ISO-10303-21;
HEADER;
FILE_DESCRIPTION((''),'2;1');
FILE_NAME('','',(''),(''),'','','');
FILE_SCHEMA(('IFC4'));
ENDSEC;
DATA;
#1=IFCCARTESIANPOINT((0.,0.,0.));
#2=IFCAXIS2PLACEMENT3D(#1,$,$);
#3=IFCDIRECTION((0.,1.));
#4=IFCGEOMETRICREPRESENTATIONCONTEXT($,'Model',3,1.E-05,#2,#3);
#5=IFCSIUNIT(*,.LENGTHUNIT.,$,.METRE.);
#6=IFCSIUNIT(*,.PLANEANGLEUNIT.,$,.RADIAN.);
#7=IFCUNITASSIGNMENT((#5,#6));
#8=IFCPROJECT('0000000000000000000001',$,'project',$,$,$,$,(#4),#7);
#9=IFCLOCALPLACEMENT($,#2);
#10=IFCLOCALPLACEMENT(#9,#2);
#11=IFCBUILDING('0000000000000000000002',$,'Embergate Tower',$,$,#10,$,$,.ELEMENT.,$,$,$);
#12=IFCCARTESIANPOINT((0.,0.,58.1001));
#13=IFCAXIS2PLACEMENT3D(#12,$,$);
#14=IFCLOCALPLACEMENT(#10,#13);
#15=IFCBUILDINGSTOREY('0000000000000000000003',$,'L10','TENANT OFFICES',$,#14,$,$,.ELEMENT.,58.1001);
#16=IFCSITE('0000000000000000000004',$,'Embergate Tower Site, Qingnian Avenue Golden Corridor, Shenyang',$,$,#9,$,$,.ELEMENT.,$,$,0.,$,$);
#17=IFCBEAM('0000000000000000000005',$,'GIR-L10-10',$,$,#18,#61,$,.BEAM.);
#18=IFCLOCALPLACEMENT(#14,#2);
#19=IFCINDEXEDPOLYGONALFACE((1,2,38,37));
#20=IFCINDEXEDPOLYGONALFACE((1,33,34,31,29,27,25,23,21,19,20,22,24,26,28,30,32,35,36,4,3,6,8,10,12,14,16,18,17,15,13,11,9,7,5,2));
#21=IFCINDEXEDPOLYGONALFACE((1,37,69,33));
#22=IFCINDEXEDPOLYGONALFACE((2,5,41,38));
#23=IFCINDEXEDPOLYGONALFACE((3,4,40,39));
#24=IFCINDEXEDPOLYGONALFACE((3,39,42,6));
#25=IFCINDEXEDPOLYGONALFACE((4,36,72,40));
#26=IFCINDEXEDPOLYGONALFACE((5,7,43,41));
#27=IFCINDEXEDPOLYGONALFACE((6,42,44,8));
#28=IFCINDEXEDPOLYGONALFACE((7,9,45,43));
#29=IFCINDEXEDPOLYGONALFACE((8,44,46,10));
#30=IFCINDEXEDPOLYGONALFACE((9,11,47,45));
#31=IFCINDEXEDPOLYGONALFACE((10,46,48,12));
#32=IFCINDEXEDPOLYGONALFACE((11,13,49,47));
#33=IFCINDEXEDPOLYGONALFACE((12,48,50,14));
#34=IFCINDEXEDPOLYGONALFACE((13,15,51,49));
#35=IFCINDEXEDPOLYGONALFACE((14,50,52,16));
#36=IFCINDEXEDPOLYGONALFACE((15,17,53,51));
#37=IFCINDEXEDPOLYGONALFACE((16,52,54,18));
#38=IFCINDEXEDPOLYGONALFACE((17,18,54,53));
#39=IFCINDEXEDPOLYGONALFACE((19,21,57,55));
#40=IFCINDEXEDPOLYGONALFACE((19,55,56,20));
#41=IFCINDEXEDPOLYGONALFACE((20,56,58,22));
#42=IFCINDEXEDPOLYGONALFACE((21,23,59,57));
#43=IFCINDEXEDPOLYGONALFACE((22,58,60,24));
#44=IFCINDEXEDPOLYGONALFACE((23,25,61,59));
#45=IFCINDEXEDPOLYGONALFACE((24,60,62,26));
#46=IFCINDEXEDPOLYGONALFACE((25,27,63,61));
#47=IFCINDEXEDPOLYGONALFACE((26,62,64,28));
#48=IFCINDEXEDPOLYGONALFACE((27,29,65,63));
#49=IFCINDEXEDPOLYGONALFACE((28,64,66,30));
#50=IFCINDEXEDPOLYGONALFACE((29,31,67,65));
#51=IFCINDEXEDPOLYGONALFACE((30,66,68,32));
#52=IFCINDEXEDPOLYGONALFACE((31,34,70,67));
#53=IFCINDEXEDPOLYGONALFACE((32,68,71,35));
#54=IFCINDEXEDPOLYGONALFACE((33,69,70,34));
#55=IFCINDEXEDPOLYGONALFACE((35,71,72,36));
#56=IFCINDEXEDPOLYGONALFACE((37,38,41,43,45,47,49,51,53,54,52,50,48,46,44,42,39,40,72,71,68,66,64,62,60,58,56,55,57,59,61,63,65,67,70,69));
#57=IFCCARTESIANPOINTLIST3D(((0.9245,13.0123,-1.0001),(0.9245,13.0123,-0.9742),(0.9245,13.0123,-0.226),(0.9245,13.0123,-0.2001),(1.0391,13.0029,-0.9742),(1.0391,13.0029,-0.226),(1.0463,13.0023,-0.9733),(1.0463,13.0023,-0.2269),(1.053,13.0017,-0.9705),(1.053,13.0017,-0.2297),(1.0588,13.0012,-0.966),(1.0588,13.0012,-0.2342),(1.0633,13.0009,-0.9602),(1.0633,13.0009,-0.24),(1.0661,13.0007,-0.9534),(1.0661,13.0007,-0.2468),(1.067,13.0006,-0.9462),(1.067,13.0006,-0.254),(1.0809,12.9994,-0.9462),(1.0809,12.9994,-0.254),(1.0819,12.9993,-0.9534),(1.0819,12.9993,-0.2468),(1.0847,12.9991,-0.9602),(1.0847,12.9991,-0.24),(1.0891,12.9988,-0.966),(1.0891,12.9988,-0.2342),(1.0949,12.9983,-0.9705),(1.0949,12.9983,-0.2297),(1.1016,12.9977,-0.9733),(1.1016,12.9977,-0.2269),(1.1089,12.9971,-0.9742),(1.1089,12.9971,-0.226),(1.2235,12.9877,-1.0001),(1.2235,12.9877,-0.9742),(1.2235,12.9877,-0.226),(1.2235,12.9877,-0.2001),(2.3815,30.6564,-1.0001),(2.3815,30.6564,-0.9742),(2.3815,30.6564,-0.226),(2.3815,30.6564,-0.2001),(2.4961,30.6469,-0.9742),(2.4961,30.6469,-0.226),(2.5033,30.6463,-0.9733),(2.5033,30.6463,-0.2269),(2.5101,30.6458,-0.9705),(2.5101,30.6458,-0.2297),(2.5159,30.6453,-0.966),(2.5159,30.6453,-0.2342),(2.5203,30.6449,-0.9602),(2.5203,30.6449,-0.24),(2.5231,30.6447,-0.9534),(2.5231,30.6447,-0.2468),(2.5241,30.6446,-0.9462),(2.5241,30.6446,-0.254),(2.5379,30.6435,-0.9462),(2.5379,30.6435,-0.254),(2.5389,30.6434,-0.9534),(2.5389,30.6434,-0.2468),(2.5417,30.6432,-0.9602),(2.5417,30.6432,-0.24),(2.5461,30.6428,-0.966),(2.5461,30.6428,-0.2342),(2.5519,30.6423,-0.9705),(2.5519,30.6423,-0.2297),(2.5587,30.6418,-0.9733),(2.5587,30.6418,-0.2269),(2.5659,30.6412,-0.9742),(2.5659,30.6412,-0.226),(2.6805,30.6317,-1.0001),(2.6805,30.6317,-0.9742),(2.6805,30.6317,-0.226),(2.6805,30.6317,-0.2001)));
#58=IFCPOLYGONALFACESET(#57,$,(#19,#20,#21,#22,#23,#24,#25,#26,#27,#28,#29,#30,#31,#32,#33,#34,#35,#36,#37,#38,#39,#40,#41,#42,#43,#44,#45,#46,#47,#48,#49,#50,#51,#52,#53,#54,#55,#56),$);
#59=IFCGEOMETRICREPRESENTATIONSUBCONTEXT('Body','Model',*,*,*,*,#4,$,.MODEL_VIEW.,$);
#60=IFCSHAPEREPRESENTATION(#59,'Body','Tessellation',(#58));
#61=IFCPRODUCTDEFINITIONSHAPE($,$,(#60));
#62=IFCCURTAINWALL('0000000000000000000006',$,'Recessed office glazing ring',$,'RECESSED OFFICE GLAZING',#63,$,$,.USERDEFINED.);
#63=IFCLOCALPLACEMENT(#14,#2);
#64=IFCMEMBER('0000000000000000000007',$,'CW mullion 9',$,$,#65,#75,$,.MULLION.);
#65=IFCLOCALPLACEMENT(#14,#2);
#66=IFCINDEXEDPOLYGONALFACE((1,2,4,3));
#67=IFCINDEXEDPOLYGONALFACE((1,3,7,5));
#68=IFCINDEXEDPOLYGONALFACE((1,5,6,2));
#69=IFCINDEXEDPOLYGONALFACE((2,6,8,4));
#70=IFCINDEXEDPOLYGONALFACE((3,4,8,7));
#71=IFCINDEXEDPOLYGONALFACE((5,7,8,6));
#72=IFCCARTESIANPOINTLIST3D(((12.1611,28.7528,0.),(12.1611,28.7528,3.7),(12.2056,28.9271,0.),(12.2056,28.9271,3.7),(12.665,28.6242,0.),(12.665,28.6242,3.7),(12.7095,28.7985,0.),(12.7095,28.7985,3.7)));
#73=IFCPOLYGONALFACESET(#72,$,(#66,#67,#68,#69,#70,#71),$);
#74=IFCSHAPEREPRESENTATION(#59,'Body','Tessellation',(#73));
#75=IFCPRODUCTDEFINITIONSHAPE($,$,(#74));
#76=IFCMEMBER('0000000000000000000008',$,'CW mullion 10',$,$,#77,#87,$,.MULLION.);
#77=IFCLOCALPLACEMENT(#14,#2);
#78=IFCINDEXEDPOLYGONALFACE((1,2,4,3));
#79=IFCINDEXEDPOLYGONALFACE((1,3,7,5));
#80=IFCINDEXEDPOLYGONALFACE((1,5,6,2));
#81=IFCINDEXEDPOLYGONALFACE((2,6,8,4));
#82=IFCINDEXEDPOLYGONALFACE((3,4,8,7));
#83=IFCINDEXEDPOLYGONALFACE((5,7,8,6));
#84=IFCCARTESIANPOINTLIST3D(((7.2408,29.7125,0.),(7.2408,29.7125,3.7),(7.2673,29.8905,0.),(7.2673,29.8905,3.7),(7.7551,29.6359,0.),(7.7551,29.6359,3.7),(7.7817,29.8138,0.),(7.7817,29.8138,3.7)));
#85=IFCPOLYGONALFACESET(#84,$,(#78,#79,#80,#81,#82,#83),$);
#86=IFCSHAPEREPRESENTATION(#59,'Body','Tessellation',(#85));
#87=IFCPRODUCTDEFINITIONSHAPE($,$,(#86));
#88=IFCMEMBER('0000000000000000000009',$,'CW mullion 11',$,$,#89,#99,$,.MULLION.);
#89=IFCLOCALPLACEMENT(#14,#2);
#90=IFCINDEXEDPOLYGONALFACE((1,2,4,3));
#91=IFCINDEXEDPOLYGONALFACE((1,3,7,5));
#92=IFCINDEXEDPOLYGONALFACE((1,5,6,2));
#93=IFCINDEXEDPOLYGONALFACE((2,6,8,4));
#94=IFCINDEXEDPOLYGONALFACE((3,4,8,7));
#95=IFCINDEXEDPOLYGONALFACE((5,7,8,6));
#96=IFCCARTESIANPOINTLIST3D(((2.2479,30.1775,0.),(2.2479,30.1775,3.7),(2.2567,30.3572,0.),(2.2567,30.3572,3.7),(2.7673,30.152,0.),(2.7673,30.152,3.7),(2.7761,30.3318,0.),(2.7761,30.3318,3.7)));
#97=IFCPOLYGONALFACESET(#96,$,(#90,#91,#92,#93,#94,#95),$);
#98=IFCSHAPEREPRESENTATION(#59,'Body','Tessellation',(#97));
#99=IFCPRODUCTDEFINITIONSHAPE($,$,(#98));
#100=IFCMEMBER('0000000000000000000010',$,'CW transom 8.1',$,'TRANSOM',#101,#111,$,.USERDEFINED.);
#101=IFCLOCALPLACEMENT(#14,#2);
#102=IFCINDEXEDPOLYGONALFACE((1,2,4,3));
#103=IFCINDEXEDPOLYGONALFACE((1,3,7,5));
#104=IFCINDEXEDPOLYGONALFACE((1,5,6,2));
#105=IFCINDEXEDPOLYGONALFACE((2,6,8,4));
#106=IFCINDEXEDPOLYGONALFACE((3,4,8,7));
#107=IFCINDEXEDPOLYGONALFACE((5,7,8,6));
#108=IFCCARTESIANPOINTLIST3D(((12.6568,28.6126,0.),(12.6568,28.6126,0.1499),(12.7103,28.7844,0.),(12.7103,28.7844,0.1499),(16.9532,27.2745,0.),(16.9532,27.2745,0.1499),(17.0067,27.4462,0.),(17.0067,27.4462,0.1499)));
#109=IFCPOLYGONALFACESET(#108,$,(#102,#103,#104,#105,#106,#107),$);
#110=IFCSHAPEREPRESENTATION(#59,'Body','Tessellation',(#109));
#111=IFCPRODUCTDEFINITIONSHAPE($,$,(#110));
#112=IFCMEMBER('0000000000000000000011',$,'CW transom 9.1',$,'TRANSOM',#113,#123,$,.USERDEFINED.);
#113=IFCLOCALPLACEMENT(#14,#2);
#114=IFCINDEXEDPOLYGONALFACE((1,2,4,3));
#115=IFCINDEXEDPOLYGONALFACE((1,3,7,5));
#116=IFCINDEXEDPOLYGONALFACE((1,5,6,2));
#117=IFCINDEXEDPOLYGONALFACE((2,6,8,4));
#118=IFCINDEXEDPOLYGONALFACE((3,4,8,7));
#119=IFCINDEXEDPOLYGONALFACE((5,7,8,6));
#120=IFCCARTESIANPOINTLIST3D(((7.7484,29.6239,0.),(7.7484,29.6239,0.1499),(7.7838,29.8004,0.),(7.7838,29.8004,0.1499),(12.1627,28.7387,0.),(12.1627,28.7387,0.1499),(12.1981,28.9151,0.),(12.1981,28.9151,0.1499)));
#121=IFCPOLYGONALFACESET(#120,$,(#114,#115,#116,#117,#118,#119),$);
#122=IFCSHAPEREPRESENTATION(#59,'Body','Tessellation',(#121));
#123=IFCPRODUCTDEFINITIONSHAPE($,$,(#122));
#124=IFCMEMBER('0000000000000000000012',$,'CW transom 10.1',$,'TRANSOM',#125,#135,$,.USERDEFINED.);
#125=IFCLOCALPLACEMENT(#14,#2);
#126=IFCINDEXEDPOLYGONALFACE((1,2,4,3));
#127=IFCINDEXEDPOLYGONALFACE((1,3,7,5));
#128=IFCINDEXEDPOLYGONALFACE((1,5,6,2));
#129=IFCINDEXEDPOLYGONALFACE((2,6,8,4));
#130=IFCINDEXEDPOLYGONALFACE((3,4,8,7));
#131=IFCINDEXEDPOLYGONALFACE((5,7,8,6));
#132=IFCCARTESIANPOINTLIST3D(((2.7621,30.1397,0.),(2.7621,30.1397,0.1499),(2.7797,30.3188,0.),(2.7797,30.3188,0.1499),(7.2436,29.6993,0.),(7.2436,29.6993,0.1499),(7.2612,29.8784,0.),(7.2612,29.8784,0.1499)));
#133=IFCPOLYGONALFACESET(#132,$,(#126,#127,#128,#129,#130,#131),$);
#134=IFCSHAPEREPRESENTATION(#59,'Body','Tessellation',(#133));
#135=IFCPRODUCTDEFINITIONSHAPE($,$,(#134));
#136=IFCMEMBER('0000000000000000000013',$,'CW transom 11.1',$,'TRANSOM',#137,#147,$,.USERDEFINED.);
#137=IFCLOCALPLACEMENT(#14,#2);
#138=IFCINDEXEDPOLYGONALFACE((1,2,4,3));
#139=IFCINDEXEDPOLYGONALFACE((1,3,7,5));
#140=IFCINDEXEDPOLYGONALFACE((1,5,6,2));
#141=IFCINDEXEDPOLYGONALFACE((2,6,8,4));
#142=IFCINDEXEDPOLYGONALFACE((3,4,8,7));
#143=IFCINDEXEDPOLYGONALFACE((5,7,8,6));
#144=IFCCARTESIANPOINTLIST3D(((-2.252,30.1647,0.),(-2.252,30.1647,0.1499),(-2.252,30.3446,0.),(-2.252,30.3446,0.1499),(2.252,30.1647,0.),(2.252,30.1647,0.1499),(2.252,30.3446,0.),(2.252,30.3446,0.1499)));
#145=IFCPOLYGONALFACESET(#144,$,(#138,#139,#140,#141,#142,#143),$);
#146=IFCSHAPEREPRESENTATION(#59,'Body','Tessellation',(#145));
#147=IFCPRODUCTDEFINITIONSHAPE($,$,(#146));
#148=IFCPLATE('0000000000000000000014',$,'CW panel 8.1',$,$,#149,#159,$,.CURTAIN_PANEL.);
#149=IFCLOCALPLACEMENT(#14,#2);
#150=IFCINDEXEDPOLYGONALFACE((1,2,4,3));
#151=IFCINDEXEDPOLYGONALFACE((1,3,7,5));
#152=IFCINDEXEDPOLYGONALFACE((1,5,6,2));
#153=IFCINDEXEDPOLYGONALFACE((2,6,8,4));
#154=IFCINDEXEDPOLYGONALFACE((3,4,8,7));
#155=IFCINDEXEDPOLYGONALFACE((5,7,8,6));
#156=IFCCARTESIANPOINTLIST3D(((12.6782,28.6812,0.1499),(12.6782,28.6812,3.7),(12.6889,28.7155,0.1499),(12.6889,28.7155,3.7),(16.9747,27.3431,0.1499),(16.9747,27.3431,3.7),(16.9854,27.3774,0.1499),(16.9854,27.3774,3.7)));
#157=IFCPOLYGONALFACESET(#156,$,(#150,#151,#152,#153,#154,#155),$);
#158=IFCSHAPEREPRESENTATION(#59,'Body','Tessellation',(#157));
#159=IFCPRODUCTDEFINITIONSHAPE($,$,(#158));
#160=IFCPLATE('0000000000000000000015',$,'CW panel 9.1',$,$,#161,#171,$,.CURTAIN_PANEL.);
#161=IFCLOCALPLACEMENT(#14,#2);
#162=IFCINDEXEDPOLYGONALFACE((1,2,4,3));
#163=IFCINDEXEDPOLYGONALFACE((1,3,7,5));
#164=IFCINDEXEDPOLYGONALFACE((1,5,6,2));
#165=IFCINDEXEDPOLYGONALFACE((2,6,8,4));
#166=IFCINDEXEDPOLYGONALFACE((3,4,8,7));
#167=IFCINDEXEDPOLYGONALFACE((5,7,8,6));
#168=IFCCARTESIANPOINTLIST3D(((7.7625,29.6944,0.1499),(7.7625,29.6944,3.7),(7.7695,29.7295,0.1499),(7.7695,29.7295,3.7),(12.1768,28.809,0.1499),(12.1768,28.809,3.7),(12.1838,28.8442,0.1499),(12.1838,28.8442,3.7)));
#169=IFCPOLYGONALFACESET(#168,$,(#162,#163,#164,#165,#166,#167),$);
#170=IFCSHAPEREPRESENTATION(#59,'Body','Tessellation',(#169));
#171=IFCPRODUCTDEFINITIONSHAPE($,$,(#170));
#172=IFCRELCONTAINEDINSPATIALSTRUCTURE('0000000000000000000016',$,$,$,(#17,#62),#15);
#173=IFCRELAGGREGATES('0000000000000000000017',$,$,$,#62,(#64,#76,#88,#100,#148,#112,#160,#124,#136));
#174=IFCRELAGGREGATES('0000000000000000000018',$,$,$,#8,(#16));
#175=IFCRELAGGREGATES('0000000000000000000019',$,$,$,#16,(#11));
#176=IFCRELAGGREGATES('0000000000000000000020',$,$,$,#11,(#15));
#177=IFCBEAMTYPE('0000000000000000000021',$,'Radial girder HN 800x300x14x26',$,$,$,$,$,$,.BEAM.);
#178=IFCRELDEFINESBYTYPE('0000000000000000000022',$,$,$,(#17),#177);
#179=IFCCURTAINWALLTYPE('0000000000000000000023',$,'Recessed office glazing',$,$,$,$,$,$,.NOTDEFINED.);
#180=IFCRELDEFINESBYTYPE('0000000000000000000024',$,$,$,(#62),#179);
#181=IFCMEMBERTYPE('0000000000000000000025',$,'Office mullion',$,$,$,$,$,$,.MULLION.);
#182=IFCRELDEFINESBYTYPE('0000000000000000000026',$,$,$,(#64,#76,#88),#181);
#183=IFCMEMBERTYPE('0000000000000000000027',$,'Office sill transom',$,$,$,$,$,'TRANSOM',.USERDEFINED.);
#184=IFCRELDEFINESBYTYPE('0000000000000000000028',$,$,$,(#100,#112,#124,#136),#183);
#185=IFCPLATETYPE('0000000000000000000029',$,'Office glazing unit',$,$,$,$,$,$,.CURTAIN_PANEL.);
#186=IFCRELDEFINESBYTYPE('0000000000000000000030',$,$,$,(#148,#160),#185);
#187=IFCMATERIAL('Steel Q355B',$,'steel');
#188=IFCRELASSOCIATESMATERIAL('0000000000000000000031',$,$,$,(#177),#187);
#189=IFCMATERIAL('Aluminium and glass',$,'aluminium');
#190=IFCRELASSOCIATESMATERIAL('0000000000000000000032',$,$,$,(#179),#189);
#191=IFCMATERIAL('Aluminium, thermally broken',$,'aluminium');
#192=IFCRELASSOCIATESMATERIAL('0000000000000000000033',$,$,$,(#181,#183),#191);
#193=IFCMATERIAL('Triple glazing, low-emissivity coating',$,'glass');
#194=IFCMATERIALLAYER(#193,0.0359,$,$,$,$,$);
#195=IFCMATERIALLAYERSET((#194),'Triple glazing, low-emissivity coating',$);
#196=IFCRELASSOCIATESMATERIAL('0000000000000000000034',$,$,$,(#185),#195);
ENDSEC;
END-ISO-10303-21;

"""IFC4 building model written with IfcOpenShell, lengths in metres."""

from ifc_helpers import new_model, si_unit, direction, frame, origin, origin_2d, place, context, subcontext, project, spatial, rectangle, i_section, extrude, source, transform, mapped, material, layer, layer_set, material_profile, profile_set, type_object, element, aggregate, save


model = new_model("IFC4")

# Units and contexts
model_context = context("Model", 3, precision=1e-05, world=origin(), true_north=direction((0.0, 1.0)))
body_context = subcontext(model_context, "Body", "Model", "MODEL_VIEW")
ifc_project = project(units=[si_unit("LENGTHUNIT", "METRE"), si_unit("PLANEANGLEUNIT", "RADIAN")], contexts=[model_context])

# Site, building, storey
site_placement = place(None, origin())
site = spatial("IfcSite", under=ifc_project, at=site_placement, Name="Embergate Tower Site, Qingnian Avenue Golden Corridor, Shenyang", CompositionType="ELEMENT", RefElevation=0.0)
building_placement = place(site_placement, origin())
building = spatial("IfcBuilding", under=site, at=building_placement, Name="Embergate Tower", CompositionType="ELEMENT")
storey_placement = place(building_placement, frame((0.0, 0.0, 58.1001)))
storey = spatial("IfcBuildingStorey", under=building, at=storey_placement, Name="L10", Description="TENANT OFFICES", CompositionType="ELEMENT", Elevation=58.1001)

# Beam
ifc_material_1 = material(Name="Steel Q355B", Category="steel")
ifc_material_profile_1 = material_profile(ifc_material_1, i_section(OverallWidth=0.3, OverallDepth=0.8, WebThickness=0.0139, FlangeThickness=0.0259, FilletRadius=0.0281, at=origin_2d()), Name="HN 800x300x14x26")
ifc_profile_set_1 = profile_set([ifc_material_profile_1], Name="Steel Q355 grade B")
beam_type_1 = type_object("IfcBeamType", Name="Radial girder HN 800x300x14x26", PredefinedType="BEAM", material=ifc_profile_set_1)
shared_shape_1 = source(origin(), body_context, "Body", "SweptSolid", [
    extrude(i_section(OverallWidth=0.3, OverallDepth=0.8, WebThickness=0.0139, FlangeThickness=0.0259, FilletRadius=0.0281, at=origin_2d()), origin(), (0.0, 0.0, 1.0), 17.7041),
])
beam_1_placement = place(storey_placement, frame((2.531, 30.644, -0.6001), z_axis=(-0.082299, -0.996608, 0.0), x_axis=(0.996608, -0.082299, 0.0)))
element("IfcBeam", 1, at=beam_1_placement, inside=storey, type_object=beam_type_1, Name="GIR-L10-10", PredefinedType="BEAM", context=body_context, shape_type="MappedRepresentation", body=[
    mapped(shared_shape_1, transform((0.0, 0.0, 0.0))),
])

# Curtain wall, members, plates
ifc_material_2 = material(Name="Aluminium and glass", Category="aluminium")
curtain_wall_type = type_object("IfcCurtainWallType", Name="Recessed office glazing", PredefinedType="NOTDEFINED", material=ifc_material_2)
curtain_wall_placement = place(storey_placement, origin())
curtain_wall = element("IfcCurtainWall", 2, at=curtain_wall_placement, inside=storey, type_object=curtain_wall_type, Name="Recessed office glazing ring", ObjectType="RECESSED OFFICE GLAZING", PredefinedType="USERDEFINED")
ifc_material_3 = material(Name="Aluminium, thermally broken", Category="aluminium")
ifc_material_profile_2 = material_profile(ifc_material_3, rectangle(XDim=0.1799, YDim=0.52, at=origin_2d()), Name="AL 520x180")
ifc_profile_set_2 = profile_set([ifc_material_profile_2], Name="Aluminium, thermally broken")
member_type_1 = type_object("IfcMemberType", Name="Office mullion", PredefinedType="MULLION", material=ifc_profile_set_2)
shared_shape_2 = source(origin(), body_context, "Body", "SweptSolid", [
    extrude(rectangle(XDim=0.1799, YDim=0.52, at=origin_2d()), origin(), (0.0, 0.0, 1.0), 3.7),
])
member_1_placement = place(storey_placement, frame((12.4353, 28.7756, 0.0), z_axis=(0.0, 0.0, 1.0), x_axis=(-0.247319, -0.968934, 0.0)))
member_1 = element("IfcMember", 3, at=member_1_placement, type_object=member_type_1, Name="CW mullion 9", PredefinedType="MULLION", context=body_context, shape_type="MappedRepresentation", body=[
    mapped(shared_shape_2, transform((0.0, 0.0, 0.0))),
])
member_2_placement = place(storey_placement, frame((7.5112, 29.7632, 0.0), z_axis=(0.0, 0.0, 1.0), x_axis=(-0.147416, -0.989075, 0.0)))
member_2 = element("IfcMember", 4, at=member_2_placement, type_object=member_type_1, Name="CW mullion 10", PredefinedType="MULLION", context=body_context, shape_type="MappedRepresentation", body=[
    mapped(shared_shape_2, transform((0.0, 0.0, 0.0))),
])
member_3_placement = place(storey_placement, frame((2.512, 30.2546, 0.0), z_axis=(0.0, 0.0, 1.0), x_axis=(-0.048972, -0.9988, 0.0)))
member_3 = element("IfcMember", 5, at=member_3_placement, type_object=member_type_1, Name="CW mullion 11", PredefinedType="MULLION", context=body_context, shape_type="MappedRepresentation", body=[
    mapped(shared_shape_2, transform((0.0, 0.0, 0.0))),
])
ifc_material_profile_3 = material_profile(ifc_material_3, rectangle(XDim=0.1799, YDim=0.1499, at=origin_2d()), Name="AL 150x180")
ifc_profile_set_3 = profile_set([ifc_material_profile_3], Name="Aluminium, thermally broken")
member_type_2 = type_object("IfcMemberType", Name="Office sill transom", ElementType="TRANSOM", PredefinedType="USERDEFINED", material=ifc_profile_set_3)
shared_shape_3 = source(origin(), body_context, "Body", "SweptSolid", [
    extrude(rectangle(XDim=0.1799, YDim=0.1499, at=origin_2d()), origin(), (0.0, 0.0, 1.0), 4.5),
])
member_4_placement = place(storey_placement, frame((16.98, 27.3604, 0.075), z_axis=(-0.954763, 0.297367, 0.0), x_axis=(-0.297367, -0.954763, 0.0)))
member_4 = element("IfcMember", 6, at=member_4_placement, type_object=member_type_2, Name="CW transom 8.1", ObjectType="TRANSOM", PredefinedType="USERDEFINED", context=body_context, shape_type="MappedRepresentation", body=[
    mapped(shared_shape_3, transform((0.0, 0.0, 0.0))),
])
shared_shape_4 = source(origin(), body_context, "Body", "SweptSolid", [
    extrude(rectangle(XDim=0.1799, YDim=0.1499, at=origin_2d()), origin(), (0.0, 0.0, 1.0), 4.5022),
])
member_5_placement = place(storey_placement, frame((12.1804, 28.8269, 0.075), z_axis=(-0.980478, 0.196627, 0.0), x_axis=(-0.196627, -0.980478, 0.0)))
member_5 = element("IfcMember", 7, at=member_5_placement, type_object=member_type_2, Name="CW transom 9.1", ObjectType="TRANSOM", PredefinedType="USERDEFINED", context=body_context, shape_type="MappedRepresentation", body=[
    mapped(shared_shape_4, transform((0.0, 0.0, 0.0))),
])
shared_shape_5 = source(origin(), body_context, "Body", "SweptSolid", [
    extrude(rectangle(XDim=0.1799, YDim=0.1499, at=origin_2d()), origin(), (0.0, 0.0, 1.0), 4.5032),
])
member_6_placement = place(storey_placement, frame((7.2524, 29.7888, 0.075), z_axis=(-0.995206, 0.097802, 0.0), x_axis=(-0.097802, -0.995206, 0.0)))
member_6 = element("IfcMember", 8, at=member_6_placement, type_object=member_type_2, Name="CW transom 10.1", ObjectType="TRANSOM", PredefinedType="USERDEFINED", context=body_context, shape_type="MappedRepresentation", body=[
    mapped(shared_shape_5, transform((0.0, 0.0, 0.0))),
])
shared_shape_6 = source(origin(), body_context, "Body", "SweptSolid", [
    extrude(rectangle(XDim=0.1799, YDim=0.1499, at=origin_2d()), origin(), (0.0, 0.0, 1.0), 4.5039),
])
member_7_placement = place(storey_placement, frame((2.252, 30.2546, 0.075), z_axis=(-1.0, 0.0, 0.0), x_axis=(0.0, -1.0, 0.0)))
member_7 = element("IfcMember", 9, at=member_7_placement, type_object=member_type_2, Name="CW transom 11.1", ObjectType="TRANSOM", PredefinedType="USERDEFINED", context=body_context, shape_type="MappedRepresentation", body=[
    mapped(shared_shape_6, transform((0.0, 0.0, 0.0))),
])
ifc_material_4 = material(Name="Triple glazing, low-emissivity coating", Category="glass")
ifc_layer_1 = layer(ifc_material_4, 0.0359)
ifc_layer_set_1 = layer_set([ifc_layer_1], Name="Triple glazing, low-emissivity coating")
plate_type = type_object("IfcPlateType", Name="Office glazing unit", PredefinedType="CURTAIN_PANEL", material=ifc_layer_set_1)
shared_shape_7 = source(origin(), body_context, "Body", "SweptSolid", [
    extrude(rectangle(XDim=4.5, YDim=0.0359, at=origin_2d()), origin(), (0.0, 0.0, 1.0), 3.55),
])
plate_1_placement = place(storey_placement, frame((14.8318, 28.0293, 0.1499), z_axis=(0.0, 0.0, 1.0), x_axis=(-0.95477, 0.297345, 0.0)))
plate_1 = element("IfcPlate", 10, at=plate_1_placement, type_object=plate_type, Name="CW panel 8.1", PredefinedType="CURTAIN_PANEL", context=body_context, shape_type="MappedRepresentation", body=[
    mapped(shared_shape_7, transform((0.0, 0.0, 0.0))),
])
shared_shape_8 = source(origin(), body_context, "Body", "SweptSolid", [
    extrude(rectangle(XDim=4.5022, YDim=0.0359, at=origin_2d()), origin(), (0.0, 0.0, 1.0), 3.55),
])
plate_2_placement = place(storey_placement, frame((9.9731, 29.2693, 0.1499), z_axis=(0.0, 0.0, 1.0), x_axis=(-0.980475, 0.196644, 0.0)))
plate_2 = element("IfcPlate", 11, at=plate_2_placement, type_object=plate_type, Name="CW panel 9.1", PredefinedType="CURTAIN_PANEL", context=body_context, shape_type="MappedRepresentation", body=[
    mapped(shared_shape_8, transform((0.0, 0.0, 0.0))),
])
aggregate(curtain_wall, [member_1, member_2, member_3, member_4, plate_1, member_5, plate_2, member_6, member_7])

save(model, "model.ifc")
